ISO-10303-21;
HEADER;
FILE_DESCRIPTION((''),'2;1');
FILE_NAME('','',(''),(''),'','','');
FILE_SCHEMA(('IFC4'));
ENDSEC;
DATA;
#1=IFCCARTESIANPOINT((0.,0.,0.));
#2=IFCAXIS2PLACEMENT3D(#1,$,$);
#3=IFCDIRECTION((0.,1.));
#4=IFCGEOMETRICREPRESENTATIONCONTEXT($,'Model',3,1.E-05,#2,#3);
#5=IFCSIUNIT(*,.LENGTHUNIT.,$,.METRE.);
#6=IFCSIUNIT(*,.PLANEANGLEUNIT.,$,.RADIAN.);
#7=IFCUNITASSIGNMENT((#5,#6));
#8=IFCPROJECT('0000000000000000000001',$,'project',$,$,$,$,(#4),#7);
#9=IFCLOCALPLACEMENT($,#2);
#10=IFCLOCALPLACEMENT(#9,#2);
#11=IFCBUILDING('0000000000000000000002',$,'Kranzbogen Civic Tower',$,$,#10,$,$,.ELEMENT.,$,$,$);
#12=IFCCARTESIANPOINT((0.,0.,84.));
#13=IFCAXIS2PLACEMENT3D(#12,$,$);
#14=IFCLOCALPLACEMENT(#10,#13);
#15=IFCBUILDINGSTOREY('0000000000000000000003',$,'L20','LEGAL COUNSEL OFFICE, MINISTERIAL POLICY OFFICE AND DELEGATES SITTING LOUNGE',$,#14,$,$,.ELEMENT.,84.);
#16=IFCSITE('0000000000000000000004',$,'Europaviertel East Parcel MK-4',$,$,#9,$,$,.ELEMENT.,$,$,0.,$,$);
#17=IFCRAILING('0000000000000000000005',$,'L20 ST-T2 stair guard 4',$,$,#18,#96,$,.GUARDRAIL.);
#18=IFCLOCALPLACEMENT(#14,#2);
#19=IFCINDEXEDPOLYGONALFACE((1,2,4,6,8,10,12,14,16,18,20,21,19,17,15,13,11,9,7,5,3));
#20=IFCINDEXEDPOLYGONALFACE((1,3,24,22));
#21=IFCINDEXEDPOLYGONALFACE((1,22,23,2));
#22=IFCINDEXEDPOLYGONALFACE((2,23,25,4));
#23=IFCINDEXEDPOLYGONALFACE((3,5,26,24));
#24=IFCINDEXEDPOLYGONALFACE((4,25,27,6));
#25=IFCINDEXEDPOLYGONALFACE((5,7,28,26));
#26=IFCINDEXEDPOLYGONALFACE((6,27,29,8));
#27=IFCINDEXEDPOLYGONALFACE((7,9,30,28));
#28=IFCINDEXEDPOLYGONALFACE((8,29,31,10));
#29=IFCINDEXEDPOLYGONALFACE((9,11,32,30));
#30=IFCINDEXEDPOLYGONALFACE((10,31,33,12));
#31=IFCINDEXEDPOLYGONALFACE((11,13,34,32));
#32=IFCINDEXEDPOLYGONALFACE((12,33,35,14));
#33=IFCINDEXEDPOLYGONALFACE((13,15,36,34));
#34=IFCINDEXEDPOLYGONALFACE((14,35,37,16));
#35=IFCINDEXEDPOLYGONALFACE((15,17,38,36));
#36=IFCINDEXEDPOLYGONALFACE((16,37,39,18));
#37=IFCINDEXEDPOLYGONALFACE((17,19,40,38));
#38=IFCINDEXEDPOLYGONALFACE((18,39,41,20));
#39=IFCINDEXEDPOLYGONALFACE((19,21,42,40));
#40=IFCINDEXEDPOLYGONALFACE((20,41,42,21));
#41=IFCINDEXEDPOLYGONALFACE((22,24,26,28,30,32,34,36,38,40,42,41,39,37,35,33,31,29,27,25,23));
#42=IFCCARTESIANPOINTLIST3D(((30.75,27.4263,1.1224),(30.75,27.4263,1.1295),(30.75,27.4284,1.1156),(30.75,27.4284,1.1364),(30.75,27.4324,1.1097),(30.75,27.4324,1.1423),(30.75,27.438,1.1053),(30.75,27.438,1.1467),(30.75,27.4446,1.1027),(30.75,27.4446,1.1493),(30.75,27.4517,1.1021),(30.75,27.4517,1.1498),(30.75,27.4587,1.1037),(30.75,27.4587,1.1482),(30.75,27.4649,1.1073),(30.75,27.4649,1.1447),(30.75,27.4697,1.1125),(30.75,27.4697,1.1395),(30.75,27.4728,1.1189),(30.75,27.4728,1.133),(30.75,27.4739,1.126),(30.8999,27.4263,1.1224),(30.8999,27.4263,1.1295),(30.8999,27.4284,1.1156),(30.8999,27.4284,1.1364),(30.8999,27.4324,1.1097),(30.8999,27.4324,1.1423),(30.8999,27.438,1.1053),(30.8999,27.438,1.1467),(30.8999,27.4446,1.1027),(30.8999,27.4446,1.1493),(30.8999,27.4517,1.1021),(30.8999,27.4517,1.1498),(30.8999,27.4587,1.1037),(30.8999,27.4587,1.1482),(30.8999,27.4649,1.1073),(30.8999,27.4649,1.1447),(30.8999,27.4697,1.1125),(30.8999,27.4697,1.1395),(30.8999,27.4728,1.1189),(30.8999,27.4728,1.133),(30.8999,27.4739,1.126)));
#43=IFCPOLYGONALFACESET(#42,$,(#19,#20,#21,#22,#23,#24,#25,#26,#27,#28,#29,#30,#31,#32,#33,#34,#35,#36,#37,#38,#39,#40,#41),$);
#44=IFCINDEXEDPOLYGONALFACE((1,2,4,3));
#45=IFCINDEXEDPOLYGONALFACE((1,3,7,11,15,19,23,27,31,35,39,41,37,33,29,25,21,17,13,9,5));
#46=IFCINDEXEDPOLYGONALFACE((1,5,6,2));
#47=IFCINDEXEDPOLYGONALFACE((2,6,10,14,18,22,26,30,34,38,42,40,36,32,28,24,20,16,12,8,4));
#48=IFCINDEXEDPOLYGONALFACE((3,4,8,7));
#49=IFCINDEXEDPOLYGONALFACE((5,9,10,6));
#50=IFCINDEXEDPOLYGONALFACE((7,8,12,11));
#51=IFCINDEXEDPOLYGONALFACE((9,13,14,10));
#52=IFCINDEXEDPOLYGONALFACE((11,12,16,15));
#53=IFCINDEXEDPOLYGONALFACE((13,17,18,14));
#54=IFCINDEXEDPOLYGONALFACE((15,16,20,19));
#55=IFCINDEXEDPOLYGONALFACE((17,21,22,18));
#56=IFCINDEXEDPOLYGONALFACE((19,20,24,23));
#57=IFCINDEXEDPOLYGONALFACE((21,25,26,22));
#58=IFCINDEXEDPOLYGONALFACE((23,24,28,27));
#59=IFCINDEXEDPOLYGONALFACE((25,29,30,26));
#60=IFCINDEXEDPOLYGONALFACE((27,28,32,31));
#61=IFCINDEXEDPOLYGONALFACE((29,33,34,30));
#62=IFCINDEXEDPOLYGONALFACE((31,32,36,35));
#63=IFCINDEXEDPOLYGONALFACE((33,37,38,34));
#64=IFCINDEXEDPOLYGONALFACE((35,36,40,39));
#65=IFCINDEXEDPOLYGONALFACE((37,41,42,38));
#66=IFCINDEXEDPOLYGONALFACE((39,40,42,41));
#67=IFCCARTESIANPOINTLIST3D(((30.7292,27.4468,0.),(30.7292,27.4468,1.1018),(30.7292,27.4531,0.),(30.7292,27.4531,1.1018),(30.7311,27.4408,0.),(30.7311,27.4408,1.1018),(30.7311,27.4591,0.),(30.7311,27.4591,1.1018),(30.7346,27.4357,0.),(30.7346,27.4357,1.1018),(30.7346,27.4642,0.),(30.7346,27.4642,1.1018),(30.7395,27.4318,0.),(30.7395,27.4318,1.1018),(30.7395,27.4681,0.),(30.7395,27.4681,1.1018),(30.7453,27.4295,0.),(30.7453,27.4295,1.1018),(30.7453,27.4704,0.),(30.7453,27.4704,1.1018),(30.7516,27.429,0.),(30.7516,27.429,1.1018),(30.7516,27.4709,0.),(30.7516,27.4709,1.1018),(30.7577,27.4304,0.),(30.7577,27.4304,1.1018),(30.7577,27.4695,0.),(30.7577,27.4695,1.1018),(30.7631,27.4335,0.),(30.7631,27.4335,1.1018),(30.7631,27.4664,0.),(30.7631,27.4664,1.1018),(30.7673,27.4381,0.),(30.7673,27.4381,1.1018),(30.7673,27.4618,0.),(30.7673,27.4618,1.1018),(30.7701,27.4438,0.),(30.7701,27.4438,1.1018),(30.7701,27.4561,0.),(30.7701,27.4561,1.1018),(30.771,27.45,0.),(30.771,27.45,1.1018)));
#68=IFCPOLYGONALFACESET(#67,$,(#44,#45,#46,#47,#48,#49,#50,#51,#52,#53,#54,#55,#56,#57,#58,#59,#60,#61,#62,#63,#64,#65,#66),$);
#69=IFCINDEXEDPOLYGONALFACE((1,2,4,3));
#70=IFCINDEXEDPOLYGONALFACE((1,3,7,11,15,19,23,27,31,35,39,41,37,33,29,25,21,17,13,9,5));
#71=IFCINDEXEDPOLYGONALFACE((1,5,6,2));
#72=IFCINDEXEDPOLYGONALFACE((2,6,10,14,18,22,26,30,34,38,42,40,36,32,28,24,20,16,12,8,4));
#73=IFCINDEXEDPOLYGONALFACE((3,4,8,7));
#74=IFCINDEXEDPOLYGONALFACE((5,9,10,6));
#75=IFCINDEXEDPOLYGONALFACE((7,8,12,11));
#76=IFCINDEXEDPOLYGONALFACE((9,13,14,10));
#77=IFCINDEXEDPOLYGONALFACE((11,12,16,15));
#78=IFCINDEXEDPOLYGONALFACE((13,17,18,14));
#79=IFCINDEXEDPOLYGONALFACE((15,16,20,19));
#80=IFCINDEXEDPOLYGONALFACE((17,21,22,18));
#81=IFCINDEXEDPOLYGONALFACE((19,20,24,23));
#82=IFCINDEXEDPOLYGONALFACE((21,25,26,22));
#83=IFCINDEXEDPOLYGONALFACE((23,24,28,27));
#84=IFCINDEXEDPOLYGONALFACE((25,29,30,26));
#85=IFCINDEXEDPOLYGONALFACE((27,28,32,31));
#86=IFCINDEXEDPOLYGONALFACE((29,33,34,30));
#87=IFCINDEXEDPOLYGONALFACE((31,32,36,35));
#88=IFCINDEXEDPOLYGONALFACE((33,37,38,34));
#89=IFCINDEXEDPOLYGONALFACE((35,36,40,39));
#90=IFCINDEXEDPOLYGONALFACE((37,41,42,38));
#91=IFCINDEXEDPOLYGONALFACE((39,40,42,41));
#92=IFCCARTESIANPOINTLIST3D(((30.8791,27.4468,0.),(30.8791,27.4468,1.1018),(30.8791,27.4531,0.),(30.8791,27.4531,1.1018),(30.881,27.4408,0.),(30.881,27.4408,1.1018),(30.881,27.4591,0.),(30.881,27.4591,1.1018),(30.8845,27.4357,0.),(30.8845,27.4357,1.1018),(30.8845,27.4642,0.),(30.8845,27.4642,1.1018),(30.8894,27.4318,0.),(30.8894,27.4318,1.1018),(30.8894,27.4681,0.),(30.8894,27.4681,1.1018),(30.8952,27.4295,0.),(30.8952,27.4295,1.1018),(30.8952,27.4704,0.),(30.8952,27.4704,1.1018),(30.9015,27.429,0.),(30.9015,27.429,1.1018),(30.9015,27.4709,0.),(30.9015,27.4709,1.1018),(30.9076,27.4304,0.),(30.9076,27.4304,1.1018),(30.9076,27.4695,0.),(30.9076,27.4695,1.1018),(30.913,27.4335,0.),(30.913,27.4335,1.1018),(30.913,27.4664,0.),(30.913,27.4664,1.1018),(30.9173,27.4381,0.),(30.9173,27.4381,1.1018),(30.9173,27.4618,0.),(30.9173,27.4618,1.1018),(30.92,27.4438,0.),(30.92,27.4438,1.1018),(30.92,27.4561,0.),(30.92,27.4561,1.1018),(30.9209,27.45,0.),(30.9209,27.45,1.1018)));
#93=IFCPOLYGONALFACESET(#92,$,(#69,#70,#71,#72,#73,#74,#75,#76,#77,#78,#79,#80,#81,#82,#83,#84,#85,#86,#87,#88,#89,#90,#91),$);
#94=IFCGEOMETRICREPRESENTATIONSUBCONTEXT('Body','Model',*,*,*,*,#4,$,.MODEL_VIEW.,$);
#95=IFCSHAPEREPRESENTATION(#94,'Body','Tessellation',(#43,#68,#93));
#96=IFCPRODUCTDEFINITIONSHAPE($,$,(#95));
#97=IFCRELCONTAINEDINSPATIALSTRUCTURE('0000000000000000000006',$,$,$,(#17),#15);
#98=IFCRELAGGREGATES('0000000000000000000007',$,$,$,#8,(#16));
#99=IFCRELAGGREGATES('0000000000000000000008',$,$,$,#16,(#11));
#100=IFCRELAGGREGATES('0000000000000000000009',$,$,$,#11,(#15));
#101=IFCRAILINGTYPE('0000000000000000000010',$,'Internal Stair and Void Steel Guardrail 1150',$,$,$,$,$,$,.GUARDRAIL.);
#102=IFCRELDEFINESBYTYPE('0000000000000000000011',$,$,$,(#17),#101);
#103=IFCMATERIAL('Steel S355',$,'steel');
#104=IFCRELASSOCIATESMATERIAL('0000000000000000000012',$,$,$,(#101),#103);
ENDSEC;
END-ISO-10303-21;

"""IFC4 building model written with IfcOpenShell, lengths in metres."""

from ifc_helpers import new_model, si_unit, direction, frame, origin, origin_2d, place, context, subcontext, project, spatial, circle, extrude, material, type_object, element, save


model = new_model("IFC4")

# Units and contexts
model_context = context("Model", 3, precision=1e-05, world=origin(), true_north=direction((0.0, 1.0)))
body_context = subcontext(model_context, "Body", "Model", "MODEL_VIEW")
ifc_project = project(units=[si_unit("LENGTHUNIT", "METRE"), si_unit("PLANEANGLEUNIT", "RADIAN")], contexts=[model_context])

# Site, building, storey
site_placement = place(None, origin())
site = spatial("IfcSite", under=ifc_project, at=site_placement, Name="Europaviertel East Parcel MK-4", CompositionType="ELEMENT", RefElevation=0.0)
building_placement = place(site_placement, origin())
building = spatial("IfcBuilding", under=site, at=building_placement, Name="Kranzbogen Civic Tower", CompositionType="ELEMENT")
storey_placement = place(building_placement, frame((0.0, 0.0, 84.0)))
storey = spatial("IfcBuildingStorey", under=building, at=storey_placement, Name="L20", Description="LEGAL COUNSEL OFFICE, MINISTERIAL POLICY OFFICE AND DELEGATES SITTING LOUNGE", CompositionType="ELEMENT", Elevation=84.0)

# Shared definitions
ifc_material_1 = material(Name="Steel S355", Category="steel")

# Railing
railing_type_1 = type_object("IfcRailingType", Name="Internal Stair and Void Steel Guardrail 1150", PredefinedType="GUARDRAIL", material=ifc_material_1)
railing_1_placement = place(storey_placement, frame((30.75, 27.45, 0.0)))
element("IfcRailing", 1, at=railing_1_placement, inside=storey, type_object=railing_type_1, Name="L20 ST-T2 stair guard 4", PredefinedType="GUARDRAIL", context=body_context, shape_type="SweptSolid", body=[
    extrude(circle(Radius=0.0239, at=origin_2d()), frame((0.0, 0.0, 1.126), z_axis=(1.0, 0.0, 0.0), x_axis=(0.0, 1.0, 0.0)), (0.0, 0.0, 1.0), 0.1499),
    extrude(circle(Radius=0.021, at=origin_2d()), origin(), (0.0, 0.0, 1.0), 1.1018),
    extrude(circle(Radius=0.021, at=origin_2d()), frame((0.1499, 0.0, 0.0)), (0.0, 0.0, 1.0), 1.1018),
])

save(model, "model.ifc")
